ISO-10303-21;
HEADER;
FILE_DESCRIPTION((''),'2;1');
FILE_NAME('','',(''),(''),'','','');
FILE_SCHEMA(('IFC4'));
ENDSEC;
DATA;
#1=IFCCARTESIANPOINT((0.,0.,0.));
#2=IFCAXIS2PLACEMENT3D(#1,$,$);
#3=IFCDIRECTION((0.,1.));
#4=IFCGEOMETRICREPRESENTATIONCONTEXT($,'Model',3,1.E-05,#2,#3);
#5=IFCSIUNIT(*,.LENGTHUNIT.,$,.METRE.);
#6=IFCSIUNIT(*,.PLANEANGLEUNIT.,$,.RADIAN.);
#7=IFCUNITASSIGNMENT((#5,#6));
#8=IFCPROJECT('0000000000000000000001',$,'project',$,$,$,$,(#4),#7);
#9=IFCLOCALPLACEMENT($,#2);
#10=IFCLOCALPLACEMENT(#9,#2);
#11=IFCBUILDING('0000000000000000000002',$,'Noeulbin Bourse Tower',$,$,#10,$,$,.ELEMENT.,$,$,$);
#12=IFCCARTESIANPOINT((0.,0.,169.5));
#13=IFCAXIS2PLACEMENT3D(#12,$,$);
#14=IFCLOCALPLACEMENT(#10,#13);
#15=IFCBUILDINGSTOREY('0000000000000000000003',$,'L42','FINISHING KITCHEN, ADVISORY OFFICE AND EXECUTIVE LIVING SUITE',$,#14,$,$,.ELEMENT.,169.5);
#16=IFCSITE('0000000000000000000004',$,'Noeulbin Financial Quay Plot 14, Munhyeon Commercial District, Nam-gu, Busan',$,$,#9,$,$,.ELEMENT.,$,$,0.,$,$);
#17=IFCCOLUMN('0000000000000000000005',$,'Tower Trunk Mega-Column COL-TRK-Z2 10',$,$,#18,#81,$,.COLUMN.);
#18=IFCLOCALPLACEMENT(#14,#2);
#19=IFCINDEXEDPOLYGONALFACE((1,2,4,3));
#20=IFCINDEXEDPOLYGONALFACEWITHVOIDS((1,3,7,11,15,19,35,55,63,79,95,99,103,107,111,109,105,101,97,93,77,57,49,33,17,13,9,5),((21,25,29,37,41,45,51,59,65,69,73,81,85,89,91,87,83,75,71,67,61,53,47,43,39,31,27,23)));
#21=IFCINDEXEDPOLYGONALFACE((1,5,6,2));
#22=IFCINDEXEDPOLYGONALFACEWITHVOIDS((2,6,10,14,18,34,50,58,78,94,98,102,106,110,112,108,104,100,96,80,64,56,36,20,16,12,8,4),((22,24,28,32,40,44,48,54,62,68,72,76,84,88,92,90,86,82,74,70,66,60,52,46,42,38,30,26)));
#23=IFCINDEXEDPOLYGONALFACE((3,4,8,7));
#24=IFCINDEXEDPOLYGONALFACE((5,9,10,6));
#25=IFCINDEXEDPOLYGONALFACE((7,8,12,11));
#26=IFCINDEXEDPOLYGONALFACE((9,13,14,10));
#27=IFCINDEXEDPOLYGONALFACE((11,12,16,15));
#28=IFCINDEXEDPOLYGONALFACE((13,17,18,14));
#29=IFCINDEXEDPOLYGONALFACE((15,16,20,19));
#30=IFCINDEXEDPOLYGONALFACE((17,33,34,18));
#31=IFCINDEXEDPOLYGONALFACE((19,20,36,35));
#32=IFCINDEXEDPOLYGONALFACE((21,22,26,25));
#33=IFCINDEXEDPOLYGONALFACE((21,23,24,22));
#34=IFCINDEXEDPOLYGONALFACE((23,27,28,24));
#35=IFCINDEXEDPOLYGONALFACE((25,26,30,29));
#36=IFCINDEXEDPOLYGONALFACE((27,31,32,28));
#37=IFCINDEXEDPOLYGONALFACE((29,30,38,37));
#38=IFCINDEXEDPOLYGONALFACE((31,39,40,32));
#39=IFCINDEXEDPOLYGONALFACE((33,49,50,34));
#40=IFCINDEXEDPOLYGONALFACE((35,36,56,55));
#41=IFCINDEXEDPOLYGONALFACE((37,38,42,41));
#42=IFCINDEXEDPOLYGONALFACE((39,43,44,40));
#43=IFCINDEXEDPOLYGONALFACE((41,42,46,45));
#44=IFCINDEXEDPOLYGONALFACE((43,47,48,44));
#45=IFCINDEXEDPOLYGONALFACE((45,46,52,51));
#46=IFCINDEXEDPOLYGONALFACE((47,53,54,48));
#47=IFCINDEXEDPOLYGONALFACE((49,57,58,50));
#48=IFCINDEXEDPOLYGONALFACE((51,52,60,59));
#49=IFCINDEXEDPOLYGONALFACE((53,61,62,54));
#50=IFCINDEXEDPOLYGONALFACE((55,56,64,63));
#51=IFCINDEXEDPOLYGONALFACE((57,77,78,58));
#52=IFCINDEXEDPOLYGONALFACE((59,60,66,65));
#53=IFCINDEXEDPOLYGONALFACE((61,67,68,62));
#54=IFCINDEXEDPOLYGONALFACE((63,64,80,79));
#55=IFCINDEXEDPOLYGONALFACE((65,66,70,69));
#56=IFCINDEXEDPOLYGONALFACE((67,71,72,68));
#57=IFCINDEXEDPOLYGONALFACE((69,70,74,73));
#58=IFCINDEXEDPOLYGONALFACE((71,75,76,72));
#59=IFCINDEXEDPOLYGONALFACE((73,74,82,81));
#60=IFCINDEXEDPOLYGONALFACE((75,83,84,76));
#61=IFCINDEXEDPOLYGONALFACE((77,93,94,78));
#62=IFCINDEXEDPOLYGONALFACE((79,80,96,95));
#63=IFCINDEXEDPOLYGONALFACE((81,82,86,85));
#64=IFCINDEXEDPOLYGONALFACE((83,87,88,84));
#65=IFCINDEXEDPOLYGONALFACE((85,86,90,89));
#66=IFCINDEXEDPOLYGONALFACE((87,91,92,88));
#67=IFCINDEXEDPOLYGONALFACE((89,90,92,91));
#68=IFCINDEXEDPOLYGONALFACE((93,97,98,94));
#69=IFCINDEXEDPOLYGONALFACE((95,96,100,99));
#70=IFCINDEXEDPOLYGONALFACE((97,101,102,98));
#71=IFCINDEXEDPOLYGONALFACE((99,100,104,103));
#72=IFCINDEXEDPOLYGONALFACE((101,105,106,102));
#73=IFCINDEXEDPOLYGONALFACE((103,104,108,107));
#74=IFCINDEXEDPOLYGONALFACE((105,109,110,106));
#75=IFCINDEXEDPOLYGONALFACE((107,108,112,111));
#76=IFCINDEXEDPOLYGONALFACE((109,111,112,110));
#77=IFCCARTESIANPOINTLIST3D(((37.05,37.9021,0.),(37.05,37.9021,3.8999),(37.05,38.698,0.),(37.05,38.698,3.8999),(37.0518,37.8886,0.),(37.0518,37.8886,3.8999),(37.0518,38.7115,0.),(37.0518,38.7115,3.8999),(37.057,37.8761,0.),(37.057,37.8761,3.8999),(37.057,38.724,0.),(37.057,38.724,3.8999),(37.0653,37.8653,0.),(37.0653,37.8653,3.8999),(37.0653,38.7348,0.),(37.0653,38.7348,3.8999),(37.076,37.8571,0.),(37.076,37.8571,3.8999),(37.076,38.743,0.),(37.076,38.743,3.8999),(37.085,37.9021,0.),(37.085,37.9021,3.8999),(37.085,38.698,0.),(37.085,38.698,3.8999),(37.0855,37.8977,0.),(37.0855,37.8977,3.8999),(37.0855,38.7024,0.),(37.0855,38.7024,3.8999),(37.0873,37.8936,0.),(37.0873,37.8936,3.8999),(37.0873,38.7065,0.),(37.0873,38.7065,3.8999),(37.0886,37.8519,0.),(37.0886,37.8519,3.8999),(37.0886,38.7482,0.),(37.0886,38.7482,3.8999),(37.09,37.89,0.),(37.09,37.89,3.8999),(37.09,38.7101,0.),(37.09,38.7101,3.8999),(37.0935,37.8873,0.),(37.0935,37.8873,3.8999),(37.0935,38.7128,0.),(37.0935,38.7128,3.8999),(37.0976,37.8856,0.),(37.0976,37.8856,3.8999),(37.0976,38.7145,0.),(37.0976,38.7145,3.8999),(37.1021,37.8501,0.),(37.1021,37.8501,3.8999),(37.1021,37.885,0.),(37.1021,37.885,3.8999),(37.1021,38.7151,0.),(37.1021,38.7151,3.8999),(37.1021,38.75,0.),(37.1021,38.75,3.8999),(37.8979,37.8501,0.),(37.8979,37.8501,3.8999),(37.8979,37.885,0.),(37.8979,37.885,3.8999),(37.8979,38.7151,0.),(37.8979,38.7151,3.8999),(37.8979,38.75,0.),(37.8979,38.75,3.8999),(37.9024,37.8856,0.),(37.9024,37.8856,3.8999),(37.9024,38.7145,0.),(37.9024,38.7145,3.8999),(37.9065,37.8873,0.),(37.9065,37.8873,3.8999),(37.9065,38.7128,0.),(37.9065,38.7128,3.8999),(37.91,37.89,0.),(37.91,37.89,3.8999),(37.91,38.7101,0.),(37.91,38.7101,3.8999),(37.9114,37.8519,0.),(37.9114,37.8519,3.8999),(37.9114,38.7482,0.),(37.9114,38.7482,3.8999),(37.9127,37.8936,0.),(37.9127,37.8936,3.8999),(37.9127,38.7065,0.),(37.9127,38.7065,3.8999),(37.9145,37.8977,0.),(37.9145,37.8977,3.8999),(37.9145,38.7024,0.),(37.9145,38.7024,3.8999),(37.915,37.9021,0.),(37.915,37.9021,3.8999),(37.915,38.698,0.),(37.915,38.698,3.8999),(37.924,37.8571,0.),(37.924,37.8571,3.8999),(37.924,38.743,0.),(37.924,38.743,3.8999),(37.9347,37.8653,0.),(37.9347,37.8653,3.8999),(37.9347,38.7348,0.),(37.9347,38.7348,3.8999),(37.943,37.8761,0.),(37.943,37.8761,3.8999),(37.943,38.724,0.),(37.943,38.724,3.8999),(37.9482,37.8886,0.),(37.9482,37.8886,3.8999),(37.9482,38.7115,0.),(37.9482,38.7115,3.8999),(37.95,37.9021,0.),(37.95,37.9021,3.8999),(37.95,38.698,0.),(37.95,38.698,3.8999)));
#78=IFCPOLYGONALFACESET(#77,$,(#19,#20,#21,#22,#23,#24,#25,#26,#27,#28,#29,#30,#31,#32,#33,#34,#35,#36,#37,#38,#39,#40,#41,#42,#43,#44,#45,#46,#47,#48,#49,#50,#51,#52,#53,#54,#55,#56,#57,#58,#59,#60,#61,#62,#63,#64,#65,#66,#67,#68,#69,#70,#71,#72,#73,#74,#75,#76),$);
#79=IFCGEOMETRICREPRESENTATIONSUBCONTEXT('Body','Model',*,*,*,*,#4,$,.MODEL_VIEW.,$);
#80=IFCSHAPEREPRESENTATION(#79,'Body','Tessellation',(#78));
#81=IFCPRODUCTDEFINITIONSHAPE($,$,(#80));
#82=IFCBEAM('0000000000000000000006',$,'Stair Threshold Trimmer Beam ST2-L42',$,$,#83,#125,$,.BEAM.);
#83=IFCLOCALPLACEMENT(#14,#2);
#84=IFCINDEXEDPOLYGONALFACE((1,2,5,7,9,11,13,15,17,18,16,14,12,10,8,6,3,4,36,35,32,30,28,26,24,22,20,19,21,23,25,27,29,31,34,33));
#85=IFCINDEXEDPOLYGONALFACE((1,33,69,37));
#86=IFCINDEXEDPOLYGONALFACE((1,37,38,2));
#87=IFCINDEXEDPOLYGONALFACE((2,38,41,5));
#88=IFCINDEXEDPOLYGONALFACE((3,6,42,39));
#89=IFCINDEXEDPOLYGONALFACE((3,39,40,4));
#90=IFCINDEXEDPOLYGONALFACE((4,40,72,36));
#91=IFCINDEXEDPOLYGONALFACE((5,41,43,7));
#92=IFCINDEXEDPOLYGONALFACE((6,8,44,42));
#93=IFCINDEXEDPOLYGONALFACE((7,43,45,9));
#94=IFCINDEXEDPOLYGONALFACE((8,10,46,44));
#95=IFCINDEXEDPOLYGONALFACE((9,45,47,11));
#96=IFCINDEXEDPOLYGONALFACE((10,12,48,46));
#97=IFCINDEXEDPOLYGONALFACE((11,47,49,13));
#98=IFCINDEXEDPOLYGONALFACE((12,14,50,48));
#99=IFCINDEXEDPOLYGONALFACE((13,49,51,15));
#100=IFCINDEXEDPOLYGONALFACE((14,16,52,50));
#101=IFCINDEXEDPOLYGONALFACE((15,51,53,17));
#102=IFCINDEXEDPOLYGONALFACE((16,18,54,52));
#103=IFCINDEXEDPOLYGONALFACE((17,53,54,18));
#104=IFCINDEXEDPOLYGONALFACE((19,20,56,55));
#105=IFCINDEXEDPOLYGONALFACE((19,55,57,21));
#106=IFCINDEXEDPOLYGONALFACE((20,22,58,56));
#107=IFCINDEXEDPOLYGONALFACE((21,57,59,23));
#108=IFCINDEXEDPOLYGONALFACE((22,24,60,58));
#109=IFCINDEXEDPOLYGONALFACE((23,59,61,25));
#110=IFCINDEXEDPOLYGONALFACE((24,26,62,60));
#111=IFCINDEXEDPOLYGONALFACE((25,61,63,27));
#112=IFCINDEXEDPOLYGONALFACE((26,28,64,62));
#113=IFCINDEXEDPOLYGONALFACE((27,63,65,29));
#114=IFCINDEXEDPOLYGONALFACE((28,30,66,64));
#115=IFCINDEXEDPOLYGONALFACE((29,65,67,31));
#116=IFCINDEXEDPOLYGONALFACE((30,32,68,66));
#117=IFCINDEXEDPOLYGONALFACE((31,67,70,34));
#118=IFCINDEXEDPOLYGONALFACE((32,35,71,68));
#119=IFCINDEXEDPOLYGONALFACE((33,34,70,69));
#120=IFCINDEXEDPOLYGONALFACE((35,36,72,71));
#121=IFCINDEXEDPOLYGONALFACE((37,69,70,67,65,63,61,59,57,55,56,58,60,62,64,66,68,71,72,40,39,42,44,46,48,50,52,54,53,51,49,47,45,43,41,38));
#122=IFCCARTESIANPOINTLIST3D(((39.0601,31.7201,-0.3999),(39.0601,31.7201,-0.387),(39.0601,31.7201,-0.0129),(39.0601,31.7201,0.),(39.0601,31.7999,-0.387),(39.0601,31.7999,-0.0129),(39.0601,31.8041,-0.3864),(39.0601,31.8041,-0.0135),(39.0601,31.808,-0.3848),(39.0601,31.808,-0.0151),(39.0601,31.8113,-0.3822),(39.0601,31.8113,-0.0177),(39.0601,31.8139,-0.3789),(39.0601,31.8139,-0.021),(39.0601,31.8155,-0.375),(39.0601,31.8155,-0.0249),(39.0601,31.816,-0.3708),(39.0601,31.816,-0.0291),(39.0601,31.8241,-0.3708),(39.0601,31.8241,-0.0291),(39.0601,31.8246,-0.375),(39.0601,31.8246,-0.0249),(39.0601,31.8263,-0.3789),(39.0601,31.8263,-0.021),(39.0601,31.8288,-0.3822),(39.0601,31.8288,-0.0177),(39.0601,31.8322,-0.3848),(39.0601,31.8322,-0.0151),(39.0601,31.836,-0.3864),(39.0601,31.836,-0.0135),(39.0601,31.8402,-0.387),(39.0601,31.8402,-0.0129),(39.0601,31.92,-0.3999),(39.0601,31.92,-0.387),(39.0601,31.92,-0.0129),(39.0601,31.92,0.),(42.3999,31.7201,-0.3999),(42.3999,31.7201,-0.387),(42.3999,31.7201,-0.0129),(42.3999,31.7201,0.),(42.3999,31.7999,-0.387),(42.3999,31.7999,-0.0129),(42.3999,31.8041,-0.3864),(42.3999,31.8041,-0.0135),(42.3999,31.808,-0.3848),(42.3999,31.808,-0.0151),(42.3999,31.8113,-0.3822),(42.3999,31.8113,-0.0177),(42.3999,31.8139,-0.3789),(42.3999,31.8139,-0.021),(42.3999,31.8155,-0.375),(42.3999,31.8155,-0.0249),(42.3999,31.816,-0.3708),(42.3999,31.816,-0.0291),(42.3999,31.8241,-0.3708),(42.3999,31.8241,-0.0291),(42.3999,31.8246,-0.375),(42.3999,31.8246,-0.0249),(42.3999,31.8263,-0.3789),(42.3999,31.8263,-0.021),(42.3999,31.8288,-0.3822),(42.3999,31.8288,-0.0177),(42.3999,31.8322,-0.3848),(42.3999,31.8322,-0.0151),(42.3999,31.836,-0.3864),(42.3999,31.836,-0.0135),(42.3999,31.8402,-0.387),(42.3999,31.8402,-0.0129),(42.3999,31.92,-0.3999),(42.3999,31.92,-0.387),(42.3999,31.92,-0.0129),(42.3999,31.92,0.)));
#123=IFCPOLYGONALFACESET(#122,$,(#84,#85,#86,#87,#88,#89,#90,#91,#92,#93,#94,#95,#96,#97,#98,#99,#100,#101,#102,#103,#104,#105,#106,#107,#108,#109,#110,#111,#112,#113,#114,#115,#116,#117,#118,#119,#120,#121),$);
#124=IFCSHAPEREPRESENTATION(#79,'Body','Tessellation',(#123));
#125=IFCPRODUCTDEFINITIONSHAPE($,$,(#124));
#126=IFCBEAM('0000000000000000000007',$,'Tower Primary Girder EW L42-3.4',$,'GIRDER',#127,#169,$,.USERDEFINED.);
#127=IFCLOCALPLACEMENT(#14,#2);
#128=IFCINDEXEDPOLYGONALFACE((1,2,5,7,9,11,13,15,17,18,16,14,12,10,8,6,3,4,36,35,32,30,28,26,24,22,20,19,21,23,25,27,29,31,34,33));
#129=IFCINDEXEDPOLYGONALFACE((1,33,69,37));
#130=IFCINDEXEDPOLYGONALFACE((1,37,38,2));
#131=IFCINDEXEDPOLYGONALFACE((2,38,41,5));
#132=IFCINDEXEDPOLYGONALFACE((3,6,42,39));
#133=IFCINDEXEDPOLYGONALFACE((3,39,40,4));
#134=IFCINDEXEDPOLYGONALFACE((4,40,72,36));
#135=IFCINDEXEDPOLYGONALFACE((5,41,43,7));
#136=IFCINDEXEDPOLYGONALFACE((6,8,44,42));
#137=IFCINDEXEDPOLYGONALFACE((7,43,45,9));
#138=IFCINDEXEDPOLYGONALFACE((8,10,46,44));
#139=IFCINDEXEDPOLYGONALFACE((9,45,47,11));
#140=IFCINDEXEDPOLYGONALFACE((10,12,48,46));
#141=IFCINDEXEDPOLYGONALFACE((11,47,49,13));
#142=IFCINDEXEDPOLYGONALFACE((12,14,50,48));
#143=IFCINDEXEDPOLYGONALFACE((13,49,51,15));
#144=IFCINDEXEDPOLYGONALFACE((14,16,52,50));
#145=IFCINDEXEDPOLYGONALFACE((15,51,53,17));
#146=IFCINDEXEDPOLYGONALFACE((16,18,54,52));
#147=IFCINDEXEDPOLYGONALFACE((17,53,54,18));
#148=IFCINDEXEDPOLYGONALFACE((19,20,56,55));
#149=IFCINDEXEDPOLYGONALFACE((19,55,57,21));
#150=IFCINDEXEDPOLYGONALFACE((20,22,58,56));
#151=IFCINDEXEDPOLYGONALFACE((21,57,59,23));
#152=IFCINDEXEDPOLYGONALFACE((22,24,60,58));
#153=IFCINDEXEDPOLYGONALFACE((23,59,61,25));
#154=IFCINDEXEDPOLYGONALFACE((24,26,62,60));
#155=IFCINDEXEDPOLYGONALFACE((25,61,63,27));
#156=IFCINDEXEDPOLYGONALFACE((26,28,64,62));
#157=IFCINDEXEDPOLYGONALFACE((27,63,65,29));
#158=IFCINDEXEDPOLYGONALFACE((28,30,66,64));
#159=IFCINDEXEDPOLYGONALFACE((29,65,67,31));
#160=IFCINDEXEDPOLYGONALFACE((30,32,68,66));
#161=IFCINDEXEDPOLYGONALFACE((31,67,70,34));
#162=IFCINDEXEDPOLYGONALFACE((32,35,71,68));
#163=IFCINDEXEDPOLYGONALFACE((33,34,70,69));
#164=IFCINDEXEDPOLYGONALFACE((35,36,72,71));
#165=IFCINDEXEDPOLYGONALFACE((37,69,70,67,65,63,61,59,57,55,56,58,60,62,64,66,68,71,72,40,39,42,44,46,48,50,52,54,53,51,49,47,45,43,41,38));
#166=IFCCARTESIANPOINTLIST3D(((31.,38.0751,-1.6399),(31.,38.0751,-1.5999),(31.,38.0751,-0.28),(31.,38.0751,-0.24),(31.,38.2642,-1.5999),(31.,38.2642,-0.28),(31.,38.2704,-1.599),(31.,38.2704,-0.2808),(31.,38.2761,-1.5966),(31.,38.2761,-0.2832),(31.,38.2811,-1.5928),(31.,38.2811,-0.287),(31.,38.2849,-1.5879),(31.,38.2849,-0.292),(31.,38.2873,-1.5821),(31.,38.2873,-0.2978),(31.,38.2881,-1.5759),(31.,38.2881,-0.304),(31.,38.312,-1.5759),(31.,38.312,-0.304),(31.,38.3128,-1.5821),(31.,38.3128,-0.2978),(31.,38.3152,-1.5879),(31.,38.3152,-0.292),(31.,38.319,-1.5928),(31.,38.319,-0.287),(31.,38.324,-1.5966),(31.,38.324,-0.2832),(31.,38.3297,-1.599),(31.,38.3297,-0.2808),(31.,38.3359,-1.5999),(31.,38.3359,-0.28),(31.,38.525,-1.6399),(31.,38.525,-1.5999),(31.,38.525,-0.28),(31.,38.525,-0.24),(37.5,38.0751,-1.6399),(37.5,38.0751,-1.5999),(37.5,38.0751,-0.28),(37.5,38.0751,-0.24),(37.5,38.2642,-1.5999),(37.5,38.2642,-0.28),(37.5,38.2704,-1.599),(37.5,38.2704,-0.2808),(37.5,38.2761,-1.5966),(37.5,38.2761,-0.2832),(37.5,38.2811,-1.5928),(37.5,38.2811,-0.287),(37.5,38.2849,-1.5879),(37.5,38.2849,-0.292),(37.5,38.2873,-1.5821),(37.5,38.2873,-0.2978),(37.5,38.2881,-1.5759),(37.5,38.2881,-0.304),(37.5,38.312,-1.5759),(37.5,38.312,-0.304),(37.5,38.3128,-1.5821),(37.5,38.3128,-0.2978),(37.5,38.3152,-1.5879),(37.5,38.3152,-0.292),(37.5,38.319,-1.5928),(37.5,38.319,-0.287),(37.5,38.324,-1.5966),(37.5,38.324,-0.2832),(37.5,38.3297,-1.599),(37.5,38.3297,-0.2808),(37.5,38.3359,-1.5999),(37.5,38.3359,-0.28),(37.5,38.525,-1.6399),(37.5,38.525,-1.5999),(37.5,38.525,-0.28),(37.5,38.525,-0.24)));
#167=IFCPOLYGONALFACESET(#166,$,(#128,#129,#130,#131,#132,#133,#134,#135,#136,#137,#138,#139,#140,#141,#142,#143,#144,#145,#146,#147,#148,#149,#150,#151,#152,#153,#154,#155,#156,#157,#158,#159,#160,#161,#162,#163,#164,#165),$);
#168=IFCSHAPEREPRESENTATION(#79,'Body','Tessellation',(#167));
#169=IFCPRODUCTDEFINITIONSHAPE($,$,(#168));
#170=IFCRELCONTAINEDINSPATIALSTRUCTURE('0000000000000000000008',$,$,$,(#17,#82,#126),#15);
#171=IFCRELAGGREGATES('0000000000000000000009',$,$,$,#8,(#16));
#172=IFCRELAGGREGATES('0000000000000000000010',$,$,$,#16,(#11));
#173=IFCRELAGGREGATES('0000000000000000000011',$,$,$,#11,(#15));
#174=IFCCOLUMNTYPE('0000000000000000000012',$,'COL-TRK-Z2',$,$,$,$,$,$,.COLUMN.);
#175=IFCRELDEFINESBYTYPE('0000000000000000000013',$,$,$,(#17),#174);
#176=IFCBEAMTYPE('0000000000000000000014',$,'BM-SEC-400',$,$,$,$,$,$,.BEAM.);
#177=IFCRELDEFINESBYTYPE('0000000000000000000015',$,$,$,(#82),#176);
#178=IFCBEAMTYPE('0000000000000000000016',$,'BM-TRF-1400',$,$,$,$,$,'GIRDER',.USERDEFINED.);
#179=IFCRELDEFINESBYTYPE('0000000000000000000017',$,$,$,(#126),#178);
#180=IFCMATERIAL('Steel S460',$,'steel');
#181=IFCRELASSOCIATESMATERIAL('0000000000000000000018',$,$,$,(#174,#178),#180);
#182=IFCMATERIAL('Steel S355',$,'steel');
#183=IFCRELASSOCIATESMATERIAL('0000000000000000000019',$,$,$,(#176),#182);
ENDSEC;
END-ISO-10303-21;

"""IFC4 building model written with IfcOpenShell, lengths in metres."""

from ifc_helpers import new_model, si_unit, direction, frame, origin, origin_2d, place, context, subcontext, project, spatial, hollow_rectangle, i_section, extrude, material, material_profile, profile_set, type_object, element, save


model = new_model("IFC4")

# Units and contexts
model_context = context("Model", 3, precision=1e-05, world=origin(), true_north=direction((0.0, 1.0)))
body_context = subcontext(model_context, "Body", "Model", "MODEL_VIEW")
ifc_project = project(units=[si_unit("LENGTHUNIT", "METRE"), si_unit("PLANEANGLEUNIT", "RADIAN")], contexts=[model_context])

# Site, building, storey
site_placement = place(None, origin())
site = spatial("IfcSite", under=ifc_project, at=site_placement, Name="Noeulbin Financial Quay Plot 14, Munhyeon Commercial District, Nam-gu, Busan", CompositionType="ELEMENT", RefElevation=0.0)
building_placement = place(site_placement, origin())
building = spatial("IfcBuilding", under=site, at=building_placement, Name="Noeulbin Bourse Tower", CompositionType="ELEMENT")
storey_placement = place(building_placement, frame((0.0, 0.0, 169.5)))
storey = spatial("IfcBuildingStorey", under=building, at=storey_placement, Name="L42", Description="FINISHING KITCHEN, ADVISORY OFFICE AND EXECUTIVE LIVING SUITE", CompositionType="ELEMENT", Elevation=169.5)

# Column
ifc_material_1 = material(Name="Steel S460", Category="steel")
ifc_material_profile_1 = material_profile(ifc_material_1, hollow_rectangle(XDim=0.8999, YDim=0.8999, WallThickness=0.0349, InnerFilletRadius=0.0171, OuterFilletRadius=0.052, at=origin_2d()), Name="BOX-900x900x35", Category="LoadBearing")
ifc_profile_set_1 = profile_set([ifc_material_profile_1], Name="Steel S460")
column_type = type_object("IfcColumnType", Name="COL-TRK-Z2", PredefinedType="COLUMN", material=ifc_profile_set_1)
column_placement = place(storey_placement, frame((37.5, 38.3, 0.0), z_axis=(0.0, 0.0, 1.0), x_axis=(1.0, 0.0, 0.0)))
element("IfcColumn", 1, at=column_placement, inside=storey, type_object=column_type, Name="Tower Trunk Mega-Column COL-TRK-Z2 10", PredefinedType="COLUMN", context=body_context, shape_type="SweptSolid", body=[
    extrude(hollow_rectangle(XDim=0.8999, YDim=0.8999, WallThickness=0.0349, InnerFilletRadius=0.0171, OuterFilletRadius=0.052, at=origin_2d()), origin(), (0.0, 0.0, 1.0), 3.8999),
])

# Beams
ifc_material_2 = material(Name="Steel S355", Category="steel")
ifc_material_profile_2 = material_profile(ifc_material_2, i_section(OverallWidth=0.2, OverallDepth=0.3999, WebThickness=0.0081, FlangeThickness=0.0129, FilletRadius=0.0161, at=origin_2d()), Name="H-400x200x8x13", Category="LoadBearing")
ifc_profile_set_2 = profile_set([ifc_material_profile_2], Name="Steel S355")
beam_type_1 = type_object("IfcBeamType", Name="BM-SEC-400", PredefinedType="BEAM", material=ifc_profile_set_2)
beam_1_placement = place(storey_placement, frame((39.0601, 31.8201, -0.2), z_axis=(1.0, 0.0, 0.0), x_axis=(0.0, 1.0, 0.0)))
element("IfcBeam", 2, at=beam_1_placement, inside=storey, type_object=beam_type_1, Name="Stair Threshold Trimmer Beam ST2-L42", PredefinedType="BEAM", context=body_context, shape_type="SweptSolid", body=[
    extrude(i_section(OverallWidth=0.2, OverallDepth=0.3999, WebThickness=0.0081, FlangeThickness=0.0129, FilletRadius=0.0161, at=origin_2d()), origin(), (0.0, 0.0, 1.0), 3.3398),
])
ifc_material_profile_3 = material_profile(ifc_material_1, i_section(OverallWidth=0.45, OverallDepth=1.3999, WebThickness=0.0239, FlangeThickness=0.04, FilletRadius=0.0239, at=origin_2d()), Name="PG-1400x450x24x40", Category="LoadBearing")
ifc_profile_set_3 = profile_set([ifc_material_profile_3], Name="Steel S460")
beam_type_2 = type_object("IfcBeamType", Name="BM-TRF-1400", ElementType="GIRDER", PredefinedType="USERDEFINED", material=ifc_profile_set_3)
for number, where, z_axis, x_axis, name in (
    (3, (31.0, 38.3, -0.9399), (1.0, 0.0, 0.0), (0.0, 1.0, 0.0), "Tower Primary Girder EW L42-3.4"),
):
    element("IfcBeam", number, at=place(storey_placement, frame(where, z_axis=z_axis, x_axis=x_axis)), inside=storey, type_object=beam_type_2, Name=name, ObjectType="GIRDER", PredefinedType="USERDEFINED", context=body_context, shape_type="SweptSolid", body=[
        extrude(i_section(OverallWidth=0.45, OverallDepth=1.3999, WebThickness=0.0239, FlangeThickness=0.04, FilletRadius=0.0239, at=origin_2d()), origin(), (0.0, 0.0, 1.0), 6.5),
    ])

save(model, "model.ifc")
